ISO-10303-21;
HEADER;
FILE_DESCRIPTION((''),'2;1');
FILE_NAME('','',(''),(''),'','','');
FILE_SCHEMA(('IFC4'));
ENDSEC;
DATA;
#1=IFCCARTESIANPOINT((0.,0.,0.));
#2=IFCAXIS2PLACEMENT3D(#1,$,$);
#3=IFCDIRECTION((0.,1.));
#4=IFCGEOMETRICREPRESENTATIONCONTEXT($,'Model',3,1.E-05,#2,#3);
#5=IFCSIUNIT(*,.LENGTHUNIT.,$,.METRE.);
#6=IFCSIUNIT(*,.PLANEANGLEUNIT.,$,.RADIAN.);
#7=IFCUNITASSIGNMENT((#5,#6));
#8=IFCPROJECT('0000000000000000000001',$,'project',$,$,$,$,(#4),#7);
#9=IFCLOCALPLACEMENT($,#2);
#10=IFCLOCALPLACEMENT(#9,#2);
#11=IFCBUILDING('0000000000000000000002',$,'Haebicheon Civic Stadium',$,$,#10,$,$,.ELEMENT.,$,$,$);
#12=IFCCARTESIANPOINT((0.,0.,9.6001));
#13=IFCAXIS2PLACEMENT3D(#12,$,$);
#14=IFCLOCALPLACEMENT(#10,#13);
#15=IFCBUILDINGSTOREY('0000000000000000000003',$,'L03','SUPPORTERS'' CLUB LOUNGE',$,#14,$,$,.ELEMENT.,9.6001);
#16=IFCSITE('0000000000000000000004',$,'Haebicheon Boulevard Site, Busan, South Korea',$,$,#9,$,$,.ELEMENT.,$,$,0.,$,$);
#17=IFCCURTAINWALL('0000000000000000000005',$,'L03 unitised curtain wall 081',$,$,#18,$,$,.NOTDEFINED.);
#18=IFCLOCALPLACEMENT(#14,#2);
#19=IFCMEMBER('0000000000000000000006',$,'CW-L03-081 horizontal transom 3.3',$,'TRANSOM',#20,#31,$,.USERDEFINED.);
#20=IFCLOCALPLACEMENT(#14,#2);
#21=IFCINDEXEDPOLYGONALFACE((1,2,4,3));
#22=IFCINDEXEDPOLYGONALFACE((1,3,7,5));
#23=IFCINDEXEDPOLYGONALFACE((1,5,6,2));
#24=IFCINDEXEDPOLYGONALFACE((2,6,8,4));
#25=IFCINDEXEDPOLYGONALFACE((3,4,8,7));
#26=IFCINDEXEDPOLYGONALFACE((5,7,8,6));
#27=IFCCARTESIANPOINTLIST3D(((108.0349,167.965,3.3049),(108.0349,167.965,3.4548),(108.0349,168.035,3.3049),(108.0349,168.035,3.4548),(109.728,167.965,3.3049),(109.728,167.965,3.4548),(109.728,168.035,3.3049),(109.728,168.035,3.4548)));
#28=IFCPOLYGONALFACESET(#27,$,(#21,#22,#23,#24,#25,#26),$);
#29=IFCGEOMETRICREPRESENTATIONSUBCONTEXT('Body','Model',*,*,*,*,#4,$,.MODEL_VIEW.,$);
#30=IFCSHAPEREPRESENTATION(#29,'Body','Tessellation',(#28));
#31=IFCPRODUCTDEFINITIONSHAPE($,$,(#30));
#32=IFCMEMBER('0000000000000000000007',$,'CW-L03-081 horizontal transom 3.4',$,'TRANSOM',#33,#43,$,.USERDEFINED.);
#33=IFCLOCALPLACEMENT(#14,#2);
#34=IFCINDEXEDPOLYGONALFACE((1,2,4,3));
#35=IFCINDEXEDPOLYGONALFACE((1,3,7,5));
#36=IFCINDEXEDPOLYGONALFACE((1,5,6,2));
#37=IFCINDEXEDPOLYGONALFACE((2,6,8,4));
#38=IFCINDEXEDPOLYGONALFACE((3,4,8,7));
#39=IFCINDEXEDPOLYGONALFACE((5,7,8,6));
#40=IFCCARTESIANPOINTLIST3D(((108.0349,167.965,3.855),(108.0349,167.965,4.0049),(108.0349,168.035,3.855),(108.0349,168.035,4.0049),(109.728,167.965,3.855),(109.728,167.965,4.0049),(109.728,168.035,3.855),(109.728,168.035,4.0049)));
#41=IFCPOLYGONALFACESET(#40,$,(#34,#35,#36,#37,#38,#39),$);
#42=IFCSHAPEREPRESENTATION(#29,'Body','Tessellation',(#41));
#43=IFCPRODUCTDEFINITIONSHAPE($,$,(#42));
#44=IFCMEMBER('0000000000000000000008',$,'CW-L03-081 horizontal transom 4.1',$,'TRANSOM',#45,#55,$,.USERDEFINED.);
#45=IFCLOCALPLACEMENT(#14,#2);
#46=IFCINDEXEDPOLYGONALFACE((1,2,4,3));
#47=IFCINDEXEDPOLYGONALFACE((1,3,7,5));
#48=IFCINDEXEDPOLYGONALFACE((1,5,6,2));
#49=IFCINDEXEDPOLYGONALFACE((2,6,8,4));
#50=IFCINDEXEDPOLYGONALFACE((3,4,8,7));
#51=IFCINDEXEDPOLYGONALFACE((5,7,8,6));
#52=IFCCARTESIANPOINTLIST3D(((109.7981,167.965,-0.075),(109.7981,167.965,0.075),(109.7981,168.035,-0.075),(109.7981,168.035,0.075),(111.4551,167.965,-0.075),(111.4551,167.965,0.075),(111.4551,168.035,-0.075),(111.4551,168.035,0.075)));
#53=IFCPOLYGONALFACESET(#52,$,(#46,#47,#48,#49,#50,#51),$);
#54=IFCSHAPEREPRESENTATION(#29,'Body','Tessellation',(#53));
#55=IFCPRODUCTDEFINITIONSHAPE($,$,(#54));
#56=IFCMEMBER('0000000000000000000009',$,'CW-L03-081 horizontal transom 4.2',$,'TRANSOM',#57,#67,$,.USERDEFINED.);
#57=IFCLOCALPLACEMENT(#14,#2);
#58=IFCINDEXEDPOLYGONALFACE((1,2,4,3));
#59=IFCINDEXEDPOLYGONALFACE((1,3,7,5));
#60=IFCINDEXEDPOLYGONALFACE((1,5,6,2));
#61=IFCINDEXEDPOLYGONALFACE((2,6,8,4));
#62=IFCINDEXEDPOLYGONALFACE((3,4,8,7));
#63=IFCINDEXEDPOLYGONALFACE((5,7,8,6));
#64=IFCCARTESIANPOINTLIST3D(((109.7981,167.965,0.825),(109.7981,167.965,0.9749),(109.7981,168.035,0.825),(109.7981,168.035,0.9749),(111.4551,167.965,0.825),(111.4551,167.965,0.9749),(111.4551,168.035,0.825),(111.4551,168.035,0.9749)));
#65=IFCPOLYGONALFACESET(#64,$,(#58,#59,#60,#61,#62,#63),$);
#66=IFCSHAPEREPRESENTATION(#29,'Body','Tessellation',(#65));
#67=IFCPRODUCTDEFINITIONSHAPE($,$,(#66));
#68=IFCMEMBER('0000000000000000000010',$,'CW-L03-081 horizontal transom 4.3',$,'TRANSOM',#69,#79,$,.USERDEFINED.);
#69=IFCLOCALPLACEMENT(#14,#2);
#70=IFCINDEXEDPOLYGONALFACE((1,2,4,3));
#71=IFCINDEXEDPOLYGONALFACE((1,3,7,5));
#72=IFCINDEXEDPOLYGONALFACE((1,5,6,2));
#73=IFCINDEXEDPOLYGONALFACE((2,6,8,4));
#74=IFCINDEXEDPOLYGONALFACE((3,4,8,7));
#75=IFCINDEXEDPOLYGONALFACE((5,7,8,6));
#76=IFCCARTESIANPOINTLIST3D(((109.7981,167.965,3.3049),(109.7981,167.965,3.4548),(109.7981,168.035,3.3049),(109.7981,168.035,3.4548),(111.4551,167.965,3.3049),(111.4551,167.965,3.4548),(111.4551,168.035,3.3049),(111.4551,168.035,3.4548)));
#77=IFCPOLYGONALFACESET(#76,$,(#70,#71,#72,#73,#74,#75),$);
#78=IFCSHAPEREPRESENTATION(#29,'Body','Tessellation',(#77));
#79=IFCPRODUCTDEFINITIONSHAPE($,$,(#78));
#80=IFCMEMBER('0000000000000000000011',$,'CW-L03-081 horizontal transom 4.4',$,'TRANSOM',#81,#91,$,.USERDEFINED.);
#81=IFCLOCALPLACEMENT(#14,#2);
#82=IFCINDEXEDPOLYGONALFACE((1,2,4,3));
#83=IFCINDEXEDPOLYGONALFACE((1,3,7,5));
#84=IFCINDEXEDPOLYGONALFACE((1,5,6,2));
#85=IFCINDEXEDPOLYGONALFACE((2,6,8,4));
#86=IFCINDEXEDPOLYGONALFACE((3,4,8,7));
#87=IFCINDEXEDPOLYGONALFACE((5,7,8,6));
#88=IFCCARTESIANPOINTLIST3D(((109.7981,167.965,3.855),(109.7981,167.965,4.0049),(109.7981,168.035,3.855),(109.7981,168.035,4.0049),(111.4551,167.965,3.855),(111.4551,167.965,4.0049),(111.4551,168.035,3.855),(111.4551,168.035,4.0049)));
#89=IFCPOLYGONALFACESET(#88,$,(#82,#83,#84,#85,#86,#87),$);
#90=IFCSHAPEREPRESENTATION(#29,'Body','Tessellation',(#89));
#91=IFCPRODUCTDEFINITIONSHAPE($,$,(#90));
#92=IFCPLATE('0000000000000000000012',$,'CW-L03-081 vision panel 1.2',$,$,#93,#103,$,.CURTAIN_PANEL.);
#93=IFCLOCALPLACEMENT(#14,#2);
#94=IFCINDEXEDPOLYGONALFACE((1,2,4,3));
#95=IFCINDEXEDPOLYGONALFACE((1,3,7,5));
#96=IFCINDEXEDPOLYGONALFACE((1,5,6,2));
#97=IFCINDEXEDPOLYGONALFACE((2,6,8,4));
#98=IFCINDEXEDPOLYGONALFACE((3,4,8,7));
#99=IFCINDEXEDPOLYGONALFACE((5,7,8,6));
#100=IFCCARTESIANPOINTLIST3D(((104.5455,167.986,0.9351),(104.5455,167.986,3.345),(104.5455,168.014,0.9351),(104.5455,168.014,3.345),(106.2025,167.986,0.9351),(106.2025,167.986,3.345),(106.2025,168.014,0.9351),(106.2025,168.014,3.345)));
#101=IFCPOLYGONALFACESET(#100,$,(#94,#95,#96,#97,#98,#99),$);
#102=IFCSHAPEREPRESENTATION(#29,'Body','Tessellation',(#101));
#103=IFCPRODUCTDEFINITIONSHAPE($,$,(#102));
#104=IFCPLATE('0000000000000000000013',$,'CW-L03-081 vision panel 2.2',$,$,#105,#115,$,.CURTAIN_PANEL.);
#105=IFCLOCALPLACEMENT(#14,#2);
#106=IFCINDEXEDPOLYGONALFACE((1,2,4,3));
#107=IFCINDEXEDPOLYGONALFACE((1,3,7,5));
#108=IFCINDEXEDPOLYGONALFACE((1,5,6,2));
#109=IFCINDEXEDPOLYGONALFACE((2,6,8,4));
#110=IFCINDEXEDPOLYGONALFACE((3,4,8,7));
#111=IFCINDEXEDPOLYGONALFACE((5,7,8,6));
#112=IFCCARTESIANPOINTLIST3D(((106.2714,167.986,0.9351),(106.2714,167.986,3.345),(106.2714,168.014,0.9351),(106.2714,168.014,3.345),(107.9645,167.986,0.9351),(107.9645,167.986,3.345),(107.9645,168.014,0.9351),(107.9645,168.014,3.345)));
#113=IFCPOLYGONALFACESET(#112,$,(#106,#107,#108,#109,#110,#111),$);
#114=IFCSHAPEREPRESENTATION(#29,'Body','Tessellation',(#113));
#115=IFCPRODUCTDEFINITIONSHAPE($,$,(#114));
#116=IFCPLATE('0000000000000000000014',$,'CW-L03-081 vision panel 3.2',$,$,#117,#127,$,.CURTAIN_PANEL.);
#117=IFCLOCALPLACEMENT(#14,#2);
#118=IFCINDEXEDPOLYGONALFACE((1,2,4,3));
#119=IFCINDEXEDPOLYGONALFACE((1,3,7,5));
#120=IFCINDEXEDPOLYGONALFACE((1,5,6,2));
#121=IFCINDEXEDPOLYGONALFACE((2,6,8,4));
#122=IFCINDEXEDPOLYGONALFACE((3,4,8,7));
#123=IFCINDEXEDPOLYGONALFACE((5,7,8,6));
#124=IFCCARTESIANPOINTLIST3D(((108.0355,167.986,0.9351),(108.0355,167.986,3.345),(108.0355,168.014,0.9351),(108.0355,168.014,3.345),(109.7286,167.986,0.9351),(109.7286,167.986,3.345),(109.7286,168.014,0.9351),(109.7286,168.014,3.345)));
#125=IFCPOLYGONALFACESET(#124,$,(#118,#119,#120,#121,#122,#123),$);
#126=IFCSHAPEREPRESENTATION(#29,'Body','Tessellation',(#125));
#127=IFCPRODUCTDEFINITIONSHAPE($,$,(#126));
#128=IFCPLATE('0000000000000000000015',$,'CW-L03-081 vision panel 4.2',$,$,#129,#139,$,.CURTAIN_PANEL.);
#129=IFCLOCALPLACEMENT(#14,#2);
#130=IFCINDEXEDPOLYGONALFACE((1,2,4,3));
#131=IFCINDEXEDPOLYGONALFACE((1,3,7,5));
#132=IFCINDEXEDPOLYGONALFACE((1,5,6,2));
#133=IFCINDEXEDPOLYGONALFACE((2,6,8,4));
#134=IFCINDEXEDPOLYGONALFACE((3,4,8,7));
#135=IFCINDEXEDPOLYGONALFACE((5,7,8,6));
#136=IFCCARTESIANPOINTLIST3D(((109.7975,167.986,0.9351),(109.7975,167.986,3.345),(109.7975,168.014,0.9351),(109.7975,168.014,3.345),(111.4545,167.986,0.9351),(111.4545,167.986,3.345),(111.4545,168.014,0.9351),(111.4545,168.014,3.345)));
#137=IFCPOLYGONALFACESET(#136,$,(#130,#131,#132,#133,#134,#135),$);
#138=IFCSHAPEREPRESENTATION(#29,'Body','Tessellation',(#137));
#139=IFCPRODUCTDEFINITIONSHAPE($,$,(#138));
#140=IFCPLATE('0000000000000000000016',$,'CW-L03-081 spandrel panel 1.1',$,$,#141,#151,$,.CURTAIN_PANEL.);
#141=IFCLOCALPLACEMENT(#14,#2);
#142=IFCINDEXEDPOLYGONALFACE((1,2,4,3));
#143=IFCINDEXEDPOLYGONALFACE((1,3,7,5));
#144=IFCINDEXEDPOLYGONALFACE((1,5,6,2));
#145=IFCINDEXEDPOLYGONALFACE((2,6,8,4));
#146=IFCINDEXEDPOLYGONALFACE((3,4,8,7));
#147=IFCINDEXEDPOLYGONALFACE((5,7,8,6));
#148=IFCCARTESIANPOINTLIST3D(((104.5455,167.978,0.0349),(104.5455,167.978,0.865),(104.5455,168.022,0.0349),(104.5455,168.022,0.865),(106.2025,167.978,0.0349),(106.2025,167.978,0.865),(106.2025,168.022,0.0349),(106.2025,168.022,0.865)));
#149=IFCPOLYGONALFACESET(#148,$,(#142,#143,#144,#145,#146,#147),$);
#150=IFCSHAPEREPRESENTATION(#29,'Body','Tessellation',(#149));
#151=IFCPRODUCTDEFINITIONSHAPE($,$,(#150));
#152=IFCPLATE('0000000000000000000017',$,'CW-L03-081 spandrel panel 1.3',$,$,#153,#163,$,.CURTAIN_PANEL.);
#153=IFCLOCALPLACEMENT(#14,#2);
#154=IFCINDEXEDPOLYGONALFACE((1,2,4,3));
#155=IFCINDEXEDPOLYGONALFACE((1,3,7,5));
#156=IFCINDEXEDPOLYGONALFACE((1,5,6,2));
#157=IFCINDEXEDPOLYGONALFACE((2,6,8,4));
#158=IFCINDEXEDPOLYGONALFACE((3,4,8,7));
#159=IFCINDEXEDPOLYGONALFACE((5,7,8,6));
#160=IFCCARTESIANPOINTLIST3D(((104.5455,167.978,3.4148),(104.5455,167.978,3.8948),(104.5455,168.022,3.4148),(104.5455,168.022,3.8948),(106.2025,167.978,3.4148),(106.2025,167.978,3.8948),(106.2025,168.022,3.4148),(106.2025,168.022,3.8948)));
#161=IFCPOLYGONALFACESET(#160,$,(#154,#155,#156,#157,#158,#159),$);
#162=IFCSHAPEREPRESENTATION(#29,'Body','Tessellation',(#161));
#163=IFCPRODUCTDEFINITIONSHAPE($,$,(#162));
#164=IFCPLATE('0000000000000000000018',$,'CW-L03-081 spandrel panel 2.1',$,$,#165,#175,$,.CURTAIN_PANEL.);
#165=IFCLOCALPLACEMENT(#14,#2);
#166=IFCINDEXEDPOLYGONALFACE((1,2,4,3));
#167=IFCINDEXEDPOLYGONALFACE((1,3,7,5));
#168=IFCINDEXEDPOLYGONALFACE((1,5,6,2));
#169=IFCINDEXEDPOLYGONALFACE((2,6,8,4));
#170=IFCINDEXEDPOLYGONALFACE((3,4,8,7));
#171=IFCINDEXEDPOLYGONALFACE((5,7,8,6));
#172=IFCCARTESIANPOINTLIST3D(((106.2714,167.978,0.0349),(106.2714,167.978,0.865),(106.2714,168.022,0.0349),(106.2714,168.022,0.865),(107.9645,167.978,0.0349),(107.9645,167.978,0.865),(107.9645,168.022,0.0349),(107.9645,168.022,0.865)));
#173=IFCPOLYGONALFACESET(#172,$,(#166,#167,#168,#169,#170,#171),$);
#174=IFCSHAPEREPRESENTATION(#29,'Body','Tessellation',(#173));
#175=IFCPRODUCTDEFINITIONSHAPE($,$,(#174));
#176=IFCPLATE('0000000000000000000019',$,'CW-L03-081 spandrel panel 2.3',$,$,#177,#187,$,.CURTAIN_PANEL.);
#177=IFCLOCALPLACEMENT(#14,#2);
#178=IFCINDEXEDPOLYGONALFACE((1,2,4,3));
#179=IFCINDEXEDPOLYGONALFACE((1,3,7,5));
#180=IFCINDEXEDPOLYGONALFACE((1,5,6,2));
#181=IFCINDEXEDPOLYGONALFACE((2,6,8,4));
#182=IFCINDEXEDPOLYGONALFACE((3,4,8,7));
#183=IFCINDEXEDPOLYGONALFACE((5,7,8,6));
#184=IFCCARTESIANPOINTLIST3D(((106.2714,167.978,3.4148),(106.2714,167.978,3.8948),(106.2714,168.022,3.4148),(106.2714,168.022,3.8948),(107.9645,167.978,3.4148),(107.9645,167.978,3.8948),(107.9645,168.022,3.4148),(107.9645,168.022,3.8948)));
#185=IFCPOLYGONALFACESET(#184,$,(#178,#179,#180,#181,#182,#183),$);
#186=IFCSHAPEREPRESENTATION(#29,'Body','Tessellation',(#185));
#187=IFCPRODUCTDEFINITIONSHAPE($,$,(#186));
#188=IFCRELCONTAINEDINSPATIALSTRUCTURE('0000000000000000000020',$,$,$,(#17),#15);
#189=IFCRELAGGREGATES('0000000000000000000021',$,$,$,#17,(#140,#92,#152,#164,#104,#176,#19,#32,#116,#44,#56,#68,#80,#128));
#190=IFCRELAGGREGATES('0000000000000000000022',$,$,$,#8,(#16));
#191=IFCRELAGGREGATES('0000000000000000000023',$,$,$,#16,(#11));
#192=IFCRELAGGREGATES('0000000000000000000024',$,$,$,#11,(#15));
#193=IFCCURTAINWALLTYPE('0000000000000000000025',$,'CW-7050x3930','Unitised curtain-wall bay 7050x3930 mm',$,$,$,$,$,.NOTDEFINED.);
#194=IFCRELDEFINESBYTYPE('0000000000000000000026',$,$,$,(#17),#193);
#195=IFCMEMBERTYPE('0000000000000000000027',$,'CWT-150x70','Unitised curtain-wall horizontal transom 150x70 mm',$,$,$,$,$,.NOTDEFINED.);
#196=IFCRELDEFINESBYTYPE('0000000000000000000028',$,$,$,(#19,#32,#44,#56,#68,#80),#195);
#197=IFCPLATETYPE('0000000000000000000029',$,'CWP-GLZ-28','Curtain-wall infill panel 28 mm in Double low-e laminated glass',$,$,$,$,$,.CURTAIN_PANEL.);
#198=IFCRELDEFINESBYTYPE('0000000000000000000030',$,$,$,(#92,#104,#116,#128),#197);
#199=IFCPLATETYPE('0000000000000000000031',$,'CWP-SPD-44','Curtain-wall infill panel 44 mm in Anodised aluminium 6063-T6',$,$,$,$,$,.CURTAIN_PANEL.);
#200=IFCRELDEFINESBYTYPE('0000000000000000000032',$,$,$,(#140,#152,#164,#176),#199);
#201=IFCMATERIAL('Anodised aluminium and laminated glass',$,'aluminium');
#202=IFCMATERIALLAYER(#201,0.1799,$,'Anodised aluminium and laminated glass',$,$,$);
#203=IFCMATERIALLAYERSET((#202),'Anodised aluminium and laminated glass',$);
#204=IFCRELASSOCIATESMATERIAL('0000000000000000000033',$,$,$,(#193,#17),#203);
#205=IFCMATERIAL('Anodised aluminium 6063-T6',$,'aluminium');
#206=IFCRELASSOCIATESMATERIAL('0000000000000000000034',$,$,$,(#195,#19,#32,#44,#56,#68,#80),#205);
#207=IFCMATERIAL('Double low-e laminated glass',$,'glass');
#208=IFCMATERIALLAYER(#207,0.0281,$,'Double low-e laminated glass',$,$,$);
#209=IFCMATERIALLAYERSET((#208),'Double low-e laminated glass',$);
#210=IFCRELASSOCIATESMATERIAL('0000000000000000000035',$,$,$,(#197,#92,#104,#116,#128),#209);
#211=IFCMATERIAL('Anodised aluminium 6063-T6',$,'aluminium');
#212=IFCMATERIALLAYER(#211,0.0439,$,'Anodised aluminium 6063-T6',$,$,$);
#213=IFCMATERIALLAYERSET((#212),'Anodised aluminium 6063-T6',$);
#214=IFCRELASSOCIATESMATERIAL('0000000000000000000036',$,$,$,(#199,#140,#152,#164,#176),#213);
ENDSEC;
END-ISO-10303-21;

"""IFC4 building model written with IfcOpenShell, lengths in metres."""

from ifc_helpers import new_model, si_unit, direction, frame, origin, origin_2d, place, context, subcontext, project, spatial, rectangle, extrude, material, layer, layer_set, material_profile, profile_set, type_object, element, aggregate, save


model = new_model("IFC4")

# Units and contexts
model_context = context("Model", 3, precision=1e-05, world=origin(), true_north=direction((0.0, 1.0)))
body_context = subcontext(model_context, "Body", "Model", "MODEL_VIEW")
ifc_project = project(units=[si_unit("LENGTHUNIT", "METRE"), si_unit("PLANEANGLEUNIT", "RADIAN")], contexts=[model_context])

# Site, building, storey
site_placement = place(None, origin())
site = spatial("IfcSite", under=ifc_project, at=site_placement, Name="Haebicheon Boulevard Site, Busan, South Korea", CompositionType="ELEMENT", RefElevation=0.0)
building_placement = place(site_placement, origin())
building = spatial("IfcBuilding", under=site, at=building_placement, Name="Haebicheon Civic Stadium", CompositionType="ELEMENT")
storey_placement = place(building_placement, frame((0.0, 0.0, 9.6001)))
storey = spatial("IfcBuildingStorey", under=building, at=storey_placement, Name="L03", Description="SUPPORTERS' CLUB LOUNGE", CompositionType="ELEMENT", Elevation=9.6001)

# Curtain wall, members, plates
ifc_material_1 = material(Name="Anodised aluminium and laminated glass", Category="aluminium")
ifc_layer_1 = layer(ifc_material_1, 0.1799, Name="Anodised aluminium and laminated glass")
ifc_layer_set_1 = layer_set([ifc_layer_1], Name="Anodised aluminium and laminated glass")
curtain_wall_type = type_object("IfcCurtainWallType", Name="CW-7050x3930", Description="Unitised curtain-wall bay 7050x3930 mm", PredefinedType="NOTDEFINED", material=ifc_layer_set_1)
curtain_wall_placement = place(storey_placement, origin())
curtain_wall = element("IfcCurtainWall", 1, at=curtain_wall_placement, inside=storey, type_object=curtain_wall_type, material=ifc_layer_set_1, Name="L03 unitised curtain wall 081", PredefinedType="NOTDEFINED")
ifc_material_2 = material(Name="Anodised aluminium 6063-T6", Category="aluminium")
ifc_material_profile_1 = material_profile(ifc_material_2, rectangle(XDim=0.0701, YDim=0.1499, at=origin_2d()), Name="ALU-TRAN-70x150")
ifc_profile_set_1 = profile_set([ifc_material_profile_1], Name="Anodised aluminium 6063-T6")
member_type_1 = type_object("IfcMemberType", Name="CWT-150x70", Description="Unitised curtain-wall horizontal transom 150x70 mm", PredefinedType="NOTDEFINED", material=ifc_profile_set_1)
member_1_placement = place(storey_placement, frame((108.0349, 168.0, 3.3799), z_axis=(1.0, 0.0, 0.0), x_axis=(0.0, 1.0, 0.0)))
member_1 = element("IfcMember", 2, at=member_1_placement, type_object=member_type_1, material=ifc_profile_set_1, Name="CW-L03-081 horizontal transom 3.3", ObjectType="TRANSOM", PredefinedType="USERDEFINED", context=body_context, shape_type="SweptSolid", body=[
    extrude(rectangle(XDim=0.0701, YDim=0.1499, at=origin_2d()), origin(), (0.0, 0.0, 1.0), 1.6931),
])
member_2_placement = place(storey_placement, frame((108.0349, 168.0, 3.9299), z_axis=(1.0, 0.0, 0.0), x_axis=(0.0, 1.0, 0.0)))
member_2 = element("IfcMember", 3, at=member_2_placement, type_object=member_type_1, material=ifc_profile_set_1, Name="CW-L03-081 horizontal transom 3.4", ObjectType="TRANSOM", PredefinedType="USERDEFINED", context=body_context, shape_type="SweptSolid", body=[
    extrude(rectangle(XDim=0.0701, YDim=0.1499, at=origin_2d()), origin(), (0.0, 0.0, 1.0), 1.6931),
])
member_3_placement = place(storey_placement, frame((109.7981, 168.0, 0.0), z_axis=(1.0, 0.0, 0.0), x_axis=(0.0, 1.0, 0.0)))
member_3 = element("IfcMember", 4, at=member_3_placement, type_object=member_type_1, material=ifc_profile_set_1, Name="CW-L03-081 horizontal transom 4.1", ObjectType="TRANSOM", PredefinedType="USERDEFINED", context=body_context, shape_type="SweptSolid", body=[
    extrude(rectangle(XDim=0.0701, YDim=0.1499, at=origin_2d()), origin(), (0.0, 0.0, 1.0), 1.657),
])
member_4_placement = place(storey_placement, frame((109.7981, 168.0, 0.8999), z_axis=(1.0, 0.0, 0.0), x_axis=(0.0, 1.0, 0.0)))
member_4 = element("IfcMember", 5, at=member_4_placement, type_object=member_type_1, material=ifc_profile_set_1, Name="CW-L03-081 horizontal transom 4.2", ObjectType="TRANSOM", PredefinedType="USERDEFINED", context=body_context, shape_type="SweptSolid", body=[
    extrude(rectangle(XDim=0.0701, YDim=0.1499, at=origin_2d()), origin(), (0.0, 0.0, 1.0), 1.657),
])
member_5_placement = place(storey_placement, frame((109.7981, 168.0, 3.3799), z_axis=(1.0, 0.0, 0.0), x_axis=(0.0, 1.0, 0.0)))
member_5 = element("IfcMember", 6, at=member_5_placement, type_object=member_type_1, material=ifc_profile_set_1, Name="CW-L03-081 horizontal transom 4.3", ObjectType="TRANSOM", PredefinedType="USERDEFINED", context=body_context, shape_type="SweptSolid", body=[
    extrude(rectangle(XDim=0.0701, YDim=0.1499, at=origin_2d()), origin(), (0.0, 0.0, 1.0), 1.657),
])
member_6_placement = place(storey_placement, frame((109.7981, 168.0, 3.9299), z_axis=(1.0, 0.0, 0.0), x_axis=(0.0, 1.0, 0.0)))
member_6 = element("IfcMember", 7, at=member_6_placement, type_object=member_type_1, material=ifc_profile_set_1, Name="CW-L03-081 horizontal transom 4.4", ObjectType="TRANSOM", PredefinedType="USERDEFINED", context=body_context, shape_type="SweptSolid", body=[
    extrude(rectangle(XDim=0.0701, YDim=0.1499, at=origin_2d()), origin(), (0.0, 0.0, 1.0), 1.657),
])
ifc_material_3 = material(Name="Double low-e laminated glass", Category="glass")
ifc_layer_2 = layer(ifc_material_3, 0.0281, Name="Double low-e laminated glass")
ifc_layer_set_2 = layer_set([ifc_layer_2], Name="Double low-e laminated glass")
plate_type_1 = type_object("IfcPlateType", Name="CWP-GLZ-28", Description="Curtain-wall infill panel 28 mm in Double low-e laminated glass", PredefinedType="CURTAIN_PANEL", material=ifc_layer_set_2)
plate_1_placement = place(storey_placement, frame((105.374, 168.0, 0.9351), z_axis=(0.0, 0.0, 1.0), x_axis=(1.0, 0.0, 0.0)))
plate_1 = element("IfcPlate", 8, at=plate_1_placement, type_object=plate_type_1, material=ifc_layer_set_2, Name="CW-L03-081 vision panel 1.2", PredefinedType="CURTAIN_PANEL", context=body_context, shape_type="SweptSolid", body=[
    extrude(rectangle(XDim=1.657, YDim=0.0281, at=origin_2d()), origin(), (0.0, 0.0, 1.0), 2.4099),
])
plate_2_placement = place(storey_placement, frame((107.1179, 168.0, 0.9351), z_axis=(0.0, 0.0, 1.0), x_axis=(1.0, 0.0, 0.0)))
plate_2 = element("IfcPlate", 9, at=plate_2_placement, type_object=plate_type_1, material=ifc_layer_set_2, Name="CW-L03-081 vision panel 2.2", PredefinedType="CURTAIN_PANEL", context=body_context, shape_type="SweptSolid", body=[
    extrude(rectangle(XDim=1.6931, YDim=0.0281, at=origin_2d()), origin(), (0.0, 0.0, 1.0), 2.4099),
])
plate_3_placement = place(storey_placement, frame((108.8821, 168.0, 0.9351), z_axis=(0.0, 0.0, 1.0), x_axis=(1.0, 0.0, 0.0)))
plate_3 = element("IfcPlate", 10, at=plate_3_placement, type_object=plate_type_1, material=ifc_layer_set_2, Name="CW-L03-081 vision panel 3.2", PredefinedType="CURTAIN_PANEL", context=body_context, shape_type="SweptSolid", body=[
    extrude(rectangle(XDim=1.6931, YDim=0.0281, at=origin_2d()), origin(), (0.0, 0.0, 1.0), 2.4099),
])
plate_4_placement = place(storey_placement, frame((110.626, 168.0, 0.9351), z_axis=(0.0, 0.0, 1.0), x_axis=(1.0, 0.0, 0.0)))
plate_4 = element("IfcPlate", 11, at=plate_4_placement, type_object=plate_type_1, material=ifc_layer_set_2, Name="CW-L03-081 vision panel 4.2", PredefinedType="CURTAIN_PANEL", context=body_context, shape_type="SweptSolid", body=[
    extrude(rectangle(XDim=1.657, YDim=0.0281, at=origin_2d()), origin(), (0.0, 0.0, 1.0), 2.4099),
])
ifc_material_4 = material(Name="Anodised aluminium 6063-T6", Category="aluminium")
ifc_layer_3 = layer(ifc_material_4, 0.0439, Name="Anodised aluminium 6063-T6")
ifc_layer_set_3 = layer_set([ifc_layer_3], Name="Anodised aluminium 6063-T6")
plate_type_2 = type_object("IfcPlateType", Name="CWP-SPD-44", Description="Curtain-wall infill panel 44 mm in Anodised aluminium 6063-T6", PredefinedType="CURTAIN_PANEL", material=ifc_layer_set_3)
plate_5_placement = place(storey_placement, frame((105.374, 168.0, 0.0349), z_axis=(0.0, 0.0, 1.0), x_axis=(1.0, 0.0, 0.0)))
plate_5 = element("IfcPlate", 12, at=plate_5_placement, type_object=plate_type_2, material=ifc_layer_set_3, Name="CW-L03-081 spandrel panel 1.1", PredefinedType="CURTAIN_PANEL", context=body_context, shape_type="SweptSolid", body=[
    extrude(rectangle(XDim=1.657, YDim=0.0439, at=origin_2d()), origin(), (0.0, 0.0, 1.0), 0.8301),
])
plate_6_placement = place(storey_placement, frame((105.374, 168.0, 3.4148), z_axis=(0.0, 0.0, 1.0), x_axis=(1.0, 0.0, 0.0)))
plate_6 = element("IfcPlate", 13, at=plate_6_placement, type_object=plate_type_2, material=ifc_layer_set_3, Name="CW-L03-081 spandrel panel 1.3", PredefinedType="CURTAIN_PANEL", context=body_context, shape_type="SweptSolid", body=[
    extrude(rectangle(XDim=1.657, YDim=0.0439, at=origin_2d()), origin(), (0.0, 0.0, 1.0), 0.48),
])
plate_7_placement = place(storey_placement, frame((107.1179, 168.0, 0.0349), z_axis=(0.0, 0.0, 1.0), x_axis=(1.0, 0.0, 0.0)))
plate_7 = element("IfcPlate", 14, at=plate_7_placement, type_object=plate_type_2, material=ifc_layer_set_3, Name="CW-L03-081 spandrel panel 2.1", PredefinedType="CURTAIN_PANEL", context=body_context, shape_type="SweptSolid", body=[
    extrude(rectangle(XDim=1.6931, YDim=0.0439, at=origin_2d()), origin(), (0.0, 0.0, 1.0), 0.8301),
])
plate_8_placement = place(storey_placement, frame((107.1179, 168.0, 3.4148), z_axis=(0.0, 0.0, 1.0), x_axis=(1.0, 0.0, 0.0)))
plate_8 = element("IfcPlate", 15, at=plate_8_placement, type_object=plate_type_2, material=ifc_layer_set_3, Name="CW-L03-081 spandrel panel 2.3", PredefinedType="CURTAIN_PANEL", context=body_context, shape_type="SweptSolid", body=[
    extrude(rectangle(XDim=1.6931, YDim=0.0439, at=origin_2d()), origin(), (0.0, 0.0, 1.0), 0.48),
])
aggregate(curtain_wall, [plate_5, plate_1, plate_6, plate_7, plate_2, plate_8, member_1, member_2, plate_3, member_3, member_4, member_5, member_6, plate_4])

save(model, "model.ifc")
